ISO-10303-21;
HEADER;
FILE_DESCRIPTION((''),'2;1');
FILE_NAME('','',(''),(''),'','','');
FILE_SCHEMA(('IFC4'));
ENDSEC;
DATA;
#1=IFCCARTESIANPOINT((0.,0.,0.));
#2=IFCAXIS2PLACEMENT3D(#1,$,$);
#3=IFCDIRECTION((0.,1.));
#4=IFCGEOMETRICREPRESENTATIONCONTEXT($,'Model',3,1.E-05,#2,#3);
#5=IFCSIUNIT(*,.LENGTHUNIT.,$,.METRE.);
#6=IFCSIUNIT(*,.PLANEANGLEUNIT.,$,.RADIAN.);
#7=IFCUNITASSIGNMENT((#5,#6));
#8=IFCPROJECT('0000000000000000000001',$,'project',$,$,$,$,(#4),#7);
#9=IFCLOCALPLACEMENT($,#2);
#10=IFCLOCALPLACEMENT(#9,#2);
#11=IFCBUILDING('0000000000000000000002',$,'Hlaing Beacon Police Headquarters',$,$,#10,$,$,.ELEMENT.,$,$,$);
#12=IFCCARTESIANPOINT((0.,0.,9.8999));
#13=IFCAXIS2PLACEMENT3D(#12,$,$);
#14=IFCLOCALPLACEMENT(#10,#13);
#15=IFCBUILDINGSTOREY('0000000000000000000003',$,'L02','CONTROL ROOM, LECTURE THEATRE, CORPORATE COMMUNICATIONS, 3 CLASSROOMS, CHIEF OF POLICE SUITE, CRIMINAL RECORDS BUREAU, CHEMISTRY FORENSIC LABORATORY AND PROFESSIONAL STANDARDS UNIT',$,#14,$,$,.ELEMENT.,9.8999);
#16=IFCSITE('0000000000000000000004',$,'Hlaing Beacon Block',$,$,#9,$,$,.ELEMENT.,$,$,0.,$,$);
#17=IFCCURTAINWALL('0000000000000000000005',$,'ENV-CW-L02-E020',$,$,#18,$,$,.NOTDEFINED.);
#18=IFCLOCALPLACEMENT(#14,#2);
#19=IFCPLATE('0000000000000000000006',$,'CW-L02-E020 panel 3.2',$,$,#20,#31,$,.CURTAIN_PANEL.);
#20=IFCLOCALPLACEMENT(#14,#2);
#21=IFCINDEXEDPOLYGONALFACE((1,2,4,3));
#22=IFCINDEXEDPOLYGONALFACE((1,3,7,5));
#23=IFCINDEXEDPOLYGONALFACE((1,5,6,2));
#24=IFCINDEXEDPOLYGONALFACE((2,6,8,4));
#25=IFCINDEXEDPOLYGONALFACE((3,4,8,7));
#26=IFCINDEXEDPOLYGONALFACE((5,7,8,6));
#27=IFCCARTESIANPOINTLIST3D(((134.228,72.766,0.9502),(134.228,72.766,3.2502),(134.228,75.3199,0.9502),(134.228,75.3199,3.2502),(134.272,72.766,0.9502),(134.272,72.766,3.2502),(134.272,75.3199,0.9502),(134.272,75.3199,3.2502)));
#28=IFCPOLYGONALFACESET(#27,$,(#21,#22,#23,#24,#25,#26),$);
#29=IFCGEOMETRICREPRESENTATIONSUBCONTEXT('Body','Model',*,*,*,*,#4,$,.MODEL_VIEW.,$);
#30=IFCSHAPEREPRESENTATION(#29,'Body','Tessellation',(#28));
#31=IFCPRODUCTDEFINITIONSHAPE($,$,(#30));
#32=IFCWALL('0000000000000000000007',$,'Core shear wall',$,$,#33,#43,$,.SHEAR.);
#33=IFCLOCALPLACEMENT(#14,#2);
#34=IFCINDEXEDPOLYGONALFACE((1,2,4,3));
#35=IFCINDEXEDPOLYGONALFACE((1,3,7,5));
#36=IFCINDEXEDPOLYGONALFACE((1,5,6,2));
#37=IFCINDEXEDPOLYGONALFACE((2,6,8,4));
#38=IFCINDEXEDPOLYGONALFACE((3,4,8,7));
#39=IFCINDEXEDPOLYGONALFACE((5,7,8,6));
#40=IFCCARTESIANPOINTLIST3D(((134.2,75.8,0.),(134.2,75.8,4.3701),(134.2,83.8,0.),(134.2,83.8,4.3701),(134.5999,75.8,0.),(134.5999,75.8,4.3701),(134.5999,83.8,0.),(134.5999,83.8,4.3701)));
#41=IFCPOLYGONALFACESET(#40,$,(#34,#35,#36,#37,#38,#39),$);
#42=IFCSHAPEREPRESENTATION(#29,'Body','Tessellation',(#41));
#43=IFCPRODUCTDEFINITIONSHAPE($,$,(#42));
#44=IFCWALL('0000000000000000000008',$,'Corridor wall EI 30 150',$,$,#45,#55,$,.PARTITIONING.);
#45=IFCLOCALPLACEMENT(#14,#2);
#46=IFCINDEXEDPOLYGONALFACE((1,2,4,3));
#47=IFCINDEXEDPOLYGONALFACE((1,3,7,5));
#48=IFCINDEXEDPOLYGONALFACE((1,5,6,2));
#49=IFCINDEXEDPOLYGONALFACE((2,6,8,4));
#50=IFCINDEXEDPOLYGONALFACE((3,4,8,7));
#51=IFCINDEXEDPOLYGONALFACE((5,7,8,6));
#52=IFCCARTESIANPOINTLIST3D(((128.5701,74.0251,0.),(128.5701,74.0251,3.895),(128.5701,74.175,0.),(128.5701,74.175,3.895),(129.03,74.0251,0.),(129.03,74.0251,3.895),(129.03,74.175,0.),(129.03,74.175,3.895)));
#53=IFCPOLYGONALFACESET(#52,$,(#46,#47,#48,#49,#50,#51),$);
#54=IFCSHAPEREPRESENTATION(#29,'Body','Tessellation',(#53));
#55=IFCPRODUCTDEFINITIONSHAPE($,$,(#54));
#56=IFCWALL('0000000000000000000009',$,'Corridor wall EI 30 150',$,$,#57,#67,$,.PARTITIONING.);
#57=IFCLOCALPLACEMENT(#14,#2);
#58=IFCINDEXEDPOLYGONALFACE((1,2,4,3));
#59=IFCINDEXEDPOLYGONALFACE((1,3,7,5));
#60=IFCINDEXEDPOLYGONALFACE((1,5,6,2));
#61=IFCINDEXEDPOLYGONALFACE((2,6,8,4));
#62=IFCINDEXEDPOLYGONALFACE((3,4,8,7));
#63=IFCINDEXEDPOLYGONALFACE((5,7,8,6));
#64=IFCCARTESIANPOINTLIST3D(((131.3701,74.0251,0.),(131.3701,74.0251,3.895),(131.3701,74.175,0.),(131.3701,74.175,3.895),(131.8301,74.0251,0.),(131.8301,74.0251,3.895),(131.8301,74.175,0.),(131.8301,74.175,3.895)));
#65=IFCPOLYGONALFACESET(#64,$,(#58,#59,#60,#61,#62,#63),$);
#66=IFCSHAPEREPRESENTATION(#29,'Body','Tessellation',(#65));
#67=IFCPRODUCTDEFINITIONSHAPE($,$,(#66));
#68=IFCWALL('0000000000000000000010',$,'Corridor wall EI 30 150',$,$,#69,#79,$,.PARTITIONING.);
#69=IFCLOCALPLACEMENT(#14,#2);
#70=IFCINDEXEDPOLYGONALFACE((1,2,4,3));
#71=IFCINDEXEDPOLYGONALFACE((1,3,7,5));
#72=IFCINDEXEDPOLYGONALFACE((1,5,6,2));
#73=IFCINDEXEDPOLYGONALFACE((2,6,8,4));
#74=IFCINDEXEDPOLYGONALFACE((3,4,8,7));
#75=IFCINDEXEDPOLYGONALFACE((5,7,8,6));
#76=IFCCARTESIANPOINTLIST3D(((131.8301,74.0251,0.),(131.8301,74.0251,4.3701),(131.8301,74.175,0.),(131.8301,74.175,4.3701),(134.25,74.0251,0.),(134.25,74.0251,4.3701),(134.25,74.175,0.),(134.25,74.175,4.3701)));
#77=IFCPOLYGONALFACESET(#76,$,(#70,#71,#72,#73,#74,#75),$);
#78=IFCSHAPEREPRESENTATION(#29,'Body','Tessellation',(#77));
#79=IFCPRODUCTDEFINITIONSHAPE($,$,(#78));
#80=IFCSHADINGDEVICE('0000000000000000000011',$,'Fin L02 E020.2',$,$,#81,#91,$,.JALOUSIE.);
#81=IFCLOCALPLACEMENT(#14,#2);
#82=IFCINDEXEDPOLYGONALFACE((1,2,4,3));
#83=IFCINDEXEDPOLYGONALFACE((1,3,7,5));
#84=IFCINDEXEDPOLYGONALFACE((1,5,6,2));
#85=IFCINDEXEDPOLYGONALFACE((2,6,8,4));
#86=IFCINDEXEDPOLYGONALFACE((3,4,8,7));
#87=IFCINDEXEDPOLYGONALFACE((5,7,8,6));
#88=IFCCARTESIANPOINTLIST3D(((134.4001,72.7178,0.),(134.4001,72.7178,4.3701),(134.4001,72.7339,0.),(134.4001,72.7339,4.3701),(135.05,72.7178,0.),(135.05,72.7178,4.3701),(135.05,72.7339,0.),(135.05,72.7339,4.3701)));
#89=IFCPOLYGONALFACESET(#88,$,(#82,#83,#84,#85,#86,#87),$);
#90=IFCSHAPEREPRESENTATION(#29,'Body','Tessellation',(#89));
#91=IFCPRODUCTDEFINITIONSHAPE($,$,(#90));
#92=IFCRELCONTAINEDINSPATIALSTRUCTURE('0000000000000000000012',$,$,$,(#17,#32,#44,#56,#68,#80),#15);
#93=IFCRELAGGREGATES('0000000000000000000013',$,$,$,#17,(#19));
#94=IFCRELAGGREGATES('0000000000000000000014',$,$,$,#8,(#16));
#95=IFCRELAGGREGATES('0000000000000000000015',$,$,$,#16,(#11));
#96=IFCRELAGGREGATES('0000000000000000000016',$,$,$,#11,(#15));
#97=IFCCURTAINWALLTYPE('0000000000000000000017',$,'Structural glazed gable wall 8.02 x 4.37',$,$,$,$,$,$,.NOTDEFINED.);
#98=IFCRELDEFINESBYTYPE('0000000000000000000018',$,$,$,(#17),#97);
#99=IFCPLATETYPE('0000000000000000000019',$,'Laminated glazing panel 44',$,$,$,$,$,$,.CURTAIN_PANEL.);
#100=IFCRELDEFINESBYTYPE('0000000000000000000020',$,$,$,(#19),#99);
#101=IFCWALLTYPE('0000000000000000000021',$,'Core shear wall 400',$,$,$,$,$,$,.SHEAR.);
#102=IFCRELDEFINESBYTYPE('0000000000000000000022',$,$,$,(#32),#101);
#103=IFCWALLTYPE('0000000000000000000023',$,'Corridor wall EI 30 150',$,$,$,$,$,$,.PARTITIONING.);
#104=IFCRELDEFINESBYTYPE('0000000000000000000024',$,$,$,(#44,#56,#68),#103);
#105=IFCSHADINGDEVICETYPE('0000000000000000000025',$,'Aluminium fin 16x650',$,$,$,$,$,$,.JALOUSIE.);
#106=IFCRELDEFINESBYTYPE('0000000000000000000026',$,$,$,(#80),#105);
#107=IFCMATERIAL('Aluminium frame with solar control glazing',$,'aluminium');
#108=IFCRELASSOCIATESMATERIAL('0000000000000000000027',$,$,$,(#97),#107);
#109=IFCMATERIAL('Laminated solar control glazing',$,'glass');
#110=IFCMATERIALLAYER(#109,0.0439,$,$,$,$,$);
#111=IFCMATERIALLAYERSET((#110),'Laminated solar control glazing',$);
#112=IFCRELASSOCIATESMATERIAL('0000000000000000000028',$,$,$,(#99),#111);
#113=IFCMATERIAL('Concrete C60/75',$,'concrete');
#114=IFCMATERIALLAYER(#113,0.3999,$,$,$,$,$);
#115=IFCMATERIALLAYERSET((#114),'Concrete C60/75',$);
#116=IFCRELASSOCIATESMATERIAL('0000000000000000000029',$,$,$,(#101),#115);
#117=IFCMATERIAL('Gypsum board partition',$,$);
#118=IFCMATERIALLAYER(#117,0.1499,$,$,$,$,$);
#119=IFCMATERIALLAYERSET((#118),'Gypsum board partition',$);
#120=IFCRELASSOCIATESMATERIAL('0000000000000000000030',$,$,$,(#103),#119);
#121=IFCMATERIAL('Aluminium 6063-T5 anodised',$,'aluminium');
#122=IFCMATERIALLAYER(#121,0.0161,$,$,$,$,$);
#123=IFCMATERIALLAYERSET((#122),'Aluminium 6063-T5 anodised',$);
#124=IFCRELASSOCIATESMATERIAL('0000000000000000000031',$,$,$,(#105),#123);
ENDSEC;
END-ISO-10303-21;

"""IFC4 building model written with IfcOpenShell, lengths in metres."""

from ifc_helpers import new_model, si_unit, direction, frame, frame_2d, origin, origin_2d, place, context, subcontext, project, spatial, rectangle, extrude, material, layer, layer_set, type_object, element, aggregate, save


model = new_model("IFC4")

# Units and contexts
model_context = context("Model", 3, precision=1e-05, world=origin(), true_north=direction((0.0, 1.0)))
body_context = subcontext(model_context, "Body", "Model", "MODEL_VIEW")
ifc_project = project(units=[si_unit("LENGTHUNIT", "METRE"), si_unit("PLANEANGLEUNIT", "RADIAN")], contexts=[model_context])

# Site, building, storey
site_placement = place(None, origin())
site = spatial("IfcSite", under=ifc_project, at=site_placement, Name="Hlaing Beacon Block", CompositionType="ELEMENT", RefElevation=0.0)
building_placement = place(site_placement, origin())
building = spatial("IfcBuilding", under=site, at=building_placement, Name="Hlaing Beacon Police Headquarters", CompositionType="ELEMENT")
storey_placement = place(building_placement, frame((0.0, 0.0, 9.8999)))
storey = spatial("IfcBuildingStorey", under=building, at=storey_placement, Name="L02", Description="CONTROL ROOM, LECTURE THEATRE, CORPORATE COMMUNICATIONS, 3 CLASSROOMS, CHIEF OF POLICE SUITE, CRIMINAL RECORDS BUREAU, CHEMISTRY FORENSIC LABORATORY AND PROFESSIONAL STANDARDS UNIT", CompositionType="ELEMENT", Elevation=9.8999)

# Curtain wall, plate
ifc_material_1 = material(Name="Aluminium frame with solar control glazing", Category="aluminium")
curtain_wall_type = type_object("IfcCurtainWallType", Name="Structural glazed gable wall 8.02 x 4.37", PredefinedType="NOTDEFINED", material=ifc_material_1)
curtain_wall_placement = place(storey_placement, origin())
curtain_wall = element("IfcCurtainWall", 1, at=curtain_wall_placement, inside=storey, type_object=curtain_wall_type, Name="ENV-CW-L02-E020", PredefinedType="NOTDEFINED")
ifc_material_2 = material(Name="Laminated solar control glazing", Category="glass")
ifc_layer_1 = layer(ifc_material_2, 0.0439)
ifc_layer_set_1 = layer_set([ifc_layer_1], Name="Laminated solar control glazing")
plate_type_1 = type_object("IfcPlateType", Name="Laminated glazing panel 44", PredefinedType="CURTAIN_PANEL", material=ifc_layer_set_1)
plate_1_placement = place(storey_placement, frame((134.25, 74.043, 0.9502), z_axis=(0.0, 0.0, 1.0), x_axis=(0.0, 1.0, 0.0)))
plate_1 = element("IfcPlate", 2, at=plate_1_placement, type_object=plate_type_1, Name="CW-L02-E020 panel 3.2", PredefinedType="CURTAIN_PANEL", context=body_context, shape_type="SweptSolid", body=[
    extrude(rectangle(XDim=2.554, YDim=0.0439, at=origin_2d()), origin(), (0.0, 0.0, 1.0), 2.3),
])
aggregate(curtain_wall, [plate_1])

# Walls
ifc_material_3 = material(Name="Concrete C60/75", Category="concrete")
ifc_layer_2 = layer(ifc_material_3, 0.3999)
ifc_layer_set_2 = layer_set([ifc_layer_2], Name="Concrete C60/75")
wall_type_1 = type_object("IfcWallType", Name="Core shear wall 400", PredefinedType="SHEAR", material=ifc_layer_set_2)
wall_1_placement = place(storey_placement, frame((134.3999, 75.8, 0.0), z_axis=(0.0, 0.0, 1.0), x_axis=(0.0, 1.0, 0.0)))
element("IfcWall", 3, at=wall_1_placement, inside=storey, type_object=wall_type_1, Name="Core shear wall", PredefinedType="SHEAR", context=body_context, shape_type="SweptSolid", body=[
    extrude(rectangle(XDim=8.0, YDim=0.3999, at=frame_2d((4.0, 0.0))), origin(), (0.0, 0.0, 1.0), 4.3701),
])
ifc_material_4 = material(Name="Gypsum board partition")
ifc_layer_3 = layer(ifc_material_4, 0.1499)
ifc_layer_set_3 = layer_set([ifc_layer_3], Name="Gypsum board partition")
wall_type_2 = type_object("IfcWallType", Name="Corridor wall EI 30 150", PredefinedType="PARTITIONING", material=ifc_layer_set_3)
wall_2_placement = place(storey_placement, frame((128.5701, 74.1001, 0.0), z_axis=(0.0, 0.0, 1.0), x_axis=(1.0, 0.0, 0.0)))
element("IfcWall", 4, at=wall_2_placement, inside=storey, type_object=wall_type_2, Name="Corridor wall EI 30 150", PredefinedType="PARTITIONING", context=body_context, shape_type="SweptSolid", body=[
    extrude(rectangle(XDim=0.46, YDim=0.1499, at=frame_2d((0.23, 0.0))), origin(), (0.0, 0.0, 1.0), 3.895),
])

# Walls
wall_3_placement = place(storey_placement, frame((131.3701, 74.1001, 0.0), z_axis=(0.0, 0.0, 1.0), x_axis=(1.0, 0.0, 0.0)))
element("IfcWall", 5, at=wall_3_placement, inside=storey, type_object=wall_type_2, Name="Corridor wall EI 30 150", PredefinedType="PARTITIONING", context=body_context, shape_type="SweptSolid", body=[
    extrude(rectangle(XDim=0.46, YDim=0.1499, at=frame_2d((0.23, 0.0))), origin(), (0.0, 0.0, 1.0), 3.895),
])
wall_4_placement = place(storey_placement, frame((131.8301, 74.1001, 0.0), z_axis=(0.0, 0.0, 1.0), x_axis=(1.0, 0.0, 0.0)))
element("IfcWall", 6, at=wall_4_placement, inside=storey, type_object=wall_type_2, Name="Corridor wall EI 30 150", PredefinedType="PARTITIONING", context=body_context, shape_type="SweptSolid", body=[
    extrude(rectangle(XDim=2.4199, YDim=0.1499, at=frame_2d((1.21, 0.0))), origin(), (0.0, 0.0, 1.0), 4.3701),
])

# Shading device
ifc_material_5 = material(Name="Aluminium 6063-T5 anodised", Category="aluminium")
ifc_layer_4 = layer(ifc_material_5, 0.0161)
ifc_layer_set_4 = layer_set([ifc_layer_4], Name="Aluminium 6063-T5 anodised")
shading_device_type = type_object("IfcShadingDeviceType", Name="Aluminium fin 16x650", PredefinedType="JALOUSIE", material=ifc_layer_set_4)
shading_device_placement = place(storey_placement, frame((134.7251, 72.7258, 0.0), z_axis=(0.0, 0.0, 1.0), x_axis=(0.0, 1.0, 0.0)))
element("IfcShadingDevice", 7, at=shading_device_placement, inside=storey, type_object=shading_device_type, Name="Fin L02 E020.2", PredefinedType="JALOUSIE", context=body_context, shape_type="SweptSolid", body=[
    extrude(rectangle(XDim=0.0161, YDim=0.6499, at=origin_2d()), origin(), (0.0, 0.0, 1.0), 4.3701),
])

save(model, "model.ifc")
